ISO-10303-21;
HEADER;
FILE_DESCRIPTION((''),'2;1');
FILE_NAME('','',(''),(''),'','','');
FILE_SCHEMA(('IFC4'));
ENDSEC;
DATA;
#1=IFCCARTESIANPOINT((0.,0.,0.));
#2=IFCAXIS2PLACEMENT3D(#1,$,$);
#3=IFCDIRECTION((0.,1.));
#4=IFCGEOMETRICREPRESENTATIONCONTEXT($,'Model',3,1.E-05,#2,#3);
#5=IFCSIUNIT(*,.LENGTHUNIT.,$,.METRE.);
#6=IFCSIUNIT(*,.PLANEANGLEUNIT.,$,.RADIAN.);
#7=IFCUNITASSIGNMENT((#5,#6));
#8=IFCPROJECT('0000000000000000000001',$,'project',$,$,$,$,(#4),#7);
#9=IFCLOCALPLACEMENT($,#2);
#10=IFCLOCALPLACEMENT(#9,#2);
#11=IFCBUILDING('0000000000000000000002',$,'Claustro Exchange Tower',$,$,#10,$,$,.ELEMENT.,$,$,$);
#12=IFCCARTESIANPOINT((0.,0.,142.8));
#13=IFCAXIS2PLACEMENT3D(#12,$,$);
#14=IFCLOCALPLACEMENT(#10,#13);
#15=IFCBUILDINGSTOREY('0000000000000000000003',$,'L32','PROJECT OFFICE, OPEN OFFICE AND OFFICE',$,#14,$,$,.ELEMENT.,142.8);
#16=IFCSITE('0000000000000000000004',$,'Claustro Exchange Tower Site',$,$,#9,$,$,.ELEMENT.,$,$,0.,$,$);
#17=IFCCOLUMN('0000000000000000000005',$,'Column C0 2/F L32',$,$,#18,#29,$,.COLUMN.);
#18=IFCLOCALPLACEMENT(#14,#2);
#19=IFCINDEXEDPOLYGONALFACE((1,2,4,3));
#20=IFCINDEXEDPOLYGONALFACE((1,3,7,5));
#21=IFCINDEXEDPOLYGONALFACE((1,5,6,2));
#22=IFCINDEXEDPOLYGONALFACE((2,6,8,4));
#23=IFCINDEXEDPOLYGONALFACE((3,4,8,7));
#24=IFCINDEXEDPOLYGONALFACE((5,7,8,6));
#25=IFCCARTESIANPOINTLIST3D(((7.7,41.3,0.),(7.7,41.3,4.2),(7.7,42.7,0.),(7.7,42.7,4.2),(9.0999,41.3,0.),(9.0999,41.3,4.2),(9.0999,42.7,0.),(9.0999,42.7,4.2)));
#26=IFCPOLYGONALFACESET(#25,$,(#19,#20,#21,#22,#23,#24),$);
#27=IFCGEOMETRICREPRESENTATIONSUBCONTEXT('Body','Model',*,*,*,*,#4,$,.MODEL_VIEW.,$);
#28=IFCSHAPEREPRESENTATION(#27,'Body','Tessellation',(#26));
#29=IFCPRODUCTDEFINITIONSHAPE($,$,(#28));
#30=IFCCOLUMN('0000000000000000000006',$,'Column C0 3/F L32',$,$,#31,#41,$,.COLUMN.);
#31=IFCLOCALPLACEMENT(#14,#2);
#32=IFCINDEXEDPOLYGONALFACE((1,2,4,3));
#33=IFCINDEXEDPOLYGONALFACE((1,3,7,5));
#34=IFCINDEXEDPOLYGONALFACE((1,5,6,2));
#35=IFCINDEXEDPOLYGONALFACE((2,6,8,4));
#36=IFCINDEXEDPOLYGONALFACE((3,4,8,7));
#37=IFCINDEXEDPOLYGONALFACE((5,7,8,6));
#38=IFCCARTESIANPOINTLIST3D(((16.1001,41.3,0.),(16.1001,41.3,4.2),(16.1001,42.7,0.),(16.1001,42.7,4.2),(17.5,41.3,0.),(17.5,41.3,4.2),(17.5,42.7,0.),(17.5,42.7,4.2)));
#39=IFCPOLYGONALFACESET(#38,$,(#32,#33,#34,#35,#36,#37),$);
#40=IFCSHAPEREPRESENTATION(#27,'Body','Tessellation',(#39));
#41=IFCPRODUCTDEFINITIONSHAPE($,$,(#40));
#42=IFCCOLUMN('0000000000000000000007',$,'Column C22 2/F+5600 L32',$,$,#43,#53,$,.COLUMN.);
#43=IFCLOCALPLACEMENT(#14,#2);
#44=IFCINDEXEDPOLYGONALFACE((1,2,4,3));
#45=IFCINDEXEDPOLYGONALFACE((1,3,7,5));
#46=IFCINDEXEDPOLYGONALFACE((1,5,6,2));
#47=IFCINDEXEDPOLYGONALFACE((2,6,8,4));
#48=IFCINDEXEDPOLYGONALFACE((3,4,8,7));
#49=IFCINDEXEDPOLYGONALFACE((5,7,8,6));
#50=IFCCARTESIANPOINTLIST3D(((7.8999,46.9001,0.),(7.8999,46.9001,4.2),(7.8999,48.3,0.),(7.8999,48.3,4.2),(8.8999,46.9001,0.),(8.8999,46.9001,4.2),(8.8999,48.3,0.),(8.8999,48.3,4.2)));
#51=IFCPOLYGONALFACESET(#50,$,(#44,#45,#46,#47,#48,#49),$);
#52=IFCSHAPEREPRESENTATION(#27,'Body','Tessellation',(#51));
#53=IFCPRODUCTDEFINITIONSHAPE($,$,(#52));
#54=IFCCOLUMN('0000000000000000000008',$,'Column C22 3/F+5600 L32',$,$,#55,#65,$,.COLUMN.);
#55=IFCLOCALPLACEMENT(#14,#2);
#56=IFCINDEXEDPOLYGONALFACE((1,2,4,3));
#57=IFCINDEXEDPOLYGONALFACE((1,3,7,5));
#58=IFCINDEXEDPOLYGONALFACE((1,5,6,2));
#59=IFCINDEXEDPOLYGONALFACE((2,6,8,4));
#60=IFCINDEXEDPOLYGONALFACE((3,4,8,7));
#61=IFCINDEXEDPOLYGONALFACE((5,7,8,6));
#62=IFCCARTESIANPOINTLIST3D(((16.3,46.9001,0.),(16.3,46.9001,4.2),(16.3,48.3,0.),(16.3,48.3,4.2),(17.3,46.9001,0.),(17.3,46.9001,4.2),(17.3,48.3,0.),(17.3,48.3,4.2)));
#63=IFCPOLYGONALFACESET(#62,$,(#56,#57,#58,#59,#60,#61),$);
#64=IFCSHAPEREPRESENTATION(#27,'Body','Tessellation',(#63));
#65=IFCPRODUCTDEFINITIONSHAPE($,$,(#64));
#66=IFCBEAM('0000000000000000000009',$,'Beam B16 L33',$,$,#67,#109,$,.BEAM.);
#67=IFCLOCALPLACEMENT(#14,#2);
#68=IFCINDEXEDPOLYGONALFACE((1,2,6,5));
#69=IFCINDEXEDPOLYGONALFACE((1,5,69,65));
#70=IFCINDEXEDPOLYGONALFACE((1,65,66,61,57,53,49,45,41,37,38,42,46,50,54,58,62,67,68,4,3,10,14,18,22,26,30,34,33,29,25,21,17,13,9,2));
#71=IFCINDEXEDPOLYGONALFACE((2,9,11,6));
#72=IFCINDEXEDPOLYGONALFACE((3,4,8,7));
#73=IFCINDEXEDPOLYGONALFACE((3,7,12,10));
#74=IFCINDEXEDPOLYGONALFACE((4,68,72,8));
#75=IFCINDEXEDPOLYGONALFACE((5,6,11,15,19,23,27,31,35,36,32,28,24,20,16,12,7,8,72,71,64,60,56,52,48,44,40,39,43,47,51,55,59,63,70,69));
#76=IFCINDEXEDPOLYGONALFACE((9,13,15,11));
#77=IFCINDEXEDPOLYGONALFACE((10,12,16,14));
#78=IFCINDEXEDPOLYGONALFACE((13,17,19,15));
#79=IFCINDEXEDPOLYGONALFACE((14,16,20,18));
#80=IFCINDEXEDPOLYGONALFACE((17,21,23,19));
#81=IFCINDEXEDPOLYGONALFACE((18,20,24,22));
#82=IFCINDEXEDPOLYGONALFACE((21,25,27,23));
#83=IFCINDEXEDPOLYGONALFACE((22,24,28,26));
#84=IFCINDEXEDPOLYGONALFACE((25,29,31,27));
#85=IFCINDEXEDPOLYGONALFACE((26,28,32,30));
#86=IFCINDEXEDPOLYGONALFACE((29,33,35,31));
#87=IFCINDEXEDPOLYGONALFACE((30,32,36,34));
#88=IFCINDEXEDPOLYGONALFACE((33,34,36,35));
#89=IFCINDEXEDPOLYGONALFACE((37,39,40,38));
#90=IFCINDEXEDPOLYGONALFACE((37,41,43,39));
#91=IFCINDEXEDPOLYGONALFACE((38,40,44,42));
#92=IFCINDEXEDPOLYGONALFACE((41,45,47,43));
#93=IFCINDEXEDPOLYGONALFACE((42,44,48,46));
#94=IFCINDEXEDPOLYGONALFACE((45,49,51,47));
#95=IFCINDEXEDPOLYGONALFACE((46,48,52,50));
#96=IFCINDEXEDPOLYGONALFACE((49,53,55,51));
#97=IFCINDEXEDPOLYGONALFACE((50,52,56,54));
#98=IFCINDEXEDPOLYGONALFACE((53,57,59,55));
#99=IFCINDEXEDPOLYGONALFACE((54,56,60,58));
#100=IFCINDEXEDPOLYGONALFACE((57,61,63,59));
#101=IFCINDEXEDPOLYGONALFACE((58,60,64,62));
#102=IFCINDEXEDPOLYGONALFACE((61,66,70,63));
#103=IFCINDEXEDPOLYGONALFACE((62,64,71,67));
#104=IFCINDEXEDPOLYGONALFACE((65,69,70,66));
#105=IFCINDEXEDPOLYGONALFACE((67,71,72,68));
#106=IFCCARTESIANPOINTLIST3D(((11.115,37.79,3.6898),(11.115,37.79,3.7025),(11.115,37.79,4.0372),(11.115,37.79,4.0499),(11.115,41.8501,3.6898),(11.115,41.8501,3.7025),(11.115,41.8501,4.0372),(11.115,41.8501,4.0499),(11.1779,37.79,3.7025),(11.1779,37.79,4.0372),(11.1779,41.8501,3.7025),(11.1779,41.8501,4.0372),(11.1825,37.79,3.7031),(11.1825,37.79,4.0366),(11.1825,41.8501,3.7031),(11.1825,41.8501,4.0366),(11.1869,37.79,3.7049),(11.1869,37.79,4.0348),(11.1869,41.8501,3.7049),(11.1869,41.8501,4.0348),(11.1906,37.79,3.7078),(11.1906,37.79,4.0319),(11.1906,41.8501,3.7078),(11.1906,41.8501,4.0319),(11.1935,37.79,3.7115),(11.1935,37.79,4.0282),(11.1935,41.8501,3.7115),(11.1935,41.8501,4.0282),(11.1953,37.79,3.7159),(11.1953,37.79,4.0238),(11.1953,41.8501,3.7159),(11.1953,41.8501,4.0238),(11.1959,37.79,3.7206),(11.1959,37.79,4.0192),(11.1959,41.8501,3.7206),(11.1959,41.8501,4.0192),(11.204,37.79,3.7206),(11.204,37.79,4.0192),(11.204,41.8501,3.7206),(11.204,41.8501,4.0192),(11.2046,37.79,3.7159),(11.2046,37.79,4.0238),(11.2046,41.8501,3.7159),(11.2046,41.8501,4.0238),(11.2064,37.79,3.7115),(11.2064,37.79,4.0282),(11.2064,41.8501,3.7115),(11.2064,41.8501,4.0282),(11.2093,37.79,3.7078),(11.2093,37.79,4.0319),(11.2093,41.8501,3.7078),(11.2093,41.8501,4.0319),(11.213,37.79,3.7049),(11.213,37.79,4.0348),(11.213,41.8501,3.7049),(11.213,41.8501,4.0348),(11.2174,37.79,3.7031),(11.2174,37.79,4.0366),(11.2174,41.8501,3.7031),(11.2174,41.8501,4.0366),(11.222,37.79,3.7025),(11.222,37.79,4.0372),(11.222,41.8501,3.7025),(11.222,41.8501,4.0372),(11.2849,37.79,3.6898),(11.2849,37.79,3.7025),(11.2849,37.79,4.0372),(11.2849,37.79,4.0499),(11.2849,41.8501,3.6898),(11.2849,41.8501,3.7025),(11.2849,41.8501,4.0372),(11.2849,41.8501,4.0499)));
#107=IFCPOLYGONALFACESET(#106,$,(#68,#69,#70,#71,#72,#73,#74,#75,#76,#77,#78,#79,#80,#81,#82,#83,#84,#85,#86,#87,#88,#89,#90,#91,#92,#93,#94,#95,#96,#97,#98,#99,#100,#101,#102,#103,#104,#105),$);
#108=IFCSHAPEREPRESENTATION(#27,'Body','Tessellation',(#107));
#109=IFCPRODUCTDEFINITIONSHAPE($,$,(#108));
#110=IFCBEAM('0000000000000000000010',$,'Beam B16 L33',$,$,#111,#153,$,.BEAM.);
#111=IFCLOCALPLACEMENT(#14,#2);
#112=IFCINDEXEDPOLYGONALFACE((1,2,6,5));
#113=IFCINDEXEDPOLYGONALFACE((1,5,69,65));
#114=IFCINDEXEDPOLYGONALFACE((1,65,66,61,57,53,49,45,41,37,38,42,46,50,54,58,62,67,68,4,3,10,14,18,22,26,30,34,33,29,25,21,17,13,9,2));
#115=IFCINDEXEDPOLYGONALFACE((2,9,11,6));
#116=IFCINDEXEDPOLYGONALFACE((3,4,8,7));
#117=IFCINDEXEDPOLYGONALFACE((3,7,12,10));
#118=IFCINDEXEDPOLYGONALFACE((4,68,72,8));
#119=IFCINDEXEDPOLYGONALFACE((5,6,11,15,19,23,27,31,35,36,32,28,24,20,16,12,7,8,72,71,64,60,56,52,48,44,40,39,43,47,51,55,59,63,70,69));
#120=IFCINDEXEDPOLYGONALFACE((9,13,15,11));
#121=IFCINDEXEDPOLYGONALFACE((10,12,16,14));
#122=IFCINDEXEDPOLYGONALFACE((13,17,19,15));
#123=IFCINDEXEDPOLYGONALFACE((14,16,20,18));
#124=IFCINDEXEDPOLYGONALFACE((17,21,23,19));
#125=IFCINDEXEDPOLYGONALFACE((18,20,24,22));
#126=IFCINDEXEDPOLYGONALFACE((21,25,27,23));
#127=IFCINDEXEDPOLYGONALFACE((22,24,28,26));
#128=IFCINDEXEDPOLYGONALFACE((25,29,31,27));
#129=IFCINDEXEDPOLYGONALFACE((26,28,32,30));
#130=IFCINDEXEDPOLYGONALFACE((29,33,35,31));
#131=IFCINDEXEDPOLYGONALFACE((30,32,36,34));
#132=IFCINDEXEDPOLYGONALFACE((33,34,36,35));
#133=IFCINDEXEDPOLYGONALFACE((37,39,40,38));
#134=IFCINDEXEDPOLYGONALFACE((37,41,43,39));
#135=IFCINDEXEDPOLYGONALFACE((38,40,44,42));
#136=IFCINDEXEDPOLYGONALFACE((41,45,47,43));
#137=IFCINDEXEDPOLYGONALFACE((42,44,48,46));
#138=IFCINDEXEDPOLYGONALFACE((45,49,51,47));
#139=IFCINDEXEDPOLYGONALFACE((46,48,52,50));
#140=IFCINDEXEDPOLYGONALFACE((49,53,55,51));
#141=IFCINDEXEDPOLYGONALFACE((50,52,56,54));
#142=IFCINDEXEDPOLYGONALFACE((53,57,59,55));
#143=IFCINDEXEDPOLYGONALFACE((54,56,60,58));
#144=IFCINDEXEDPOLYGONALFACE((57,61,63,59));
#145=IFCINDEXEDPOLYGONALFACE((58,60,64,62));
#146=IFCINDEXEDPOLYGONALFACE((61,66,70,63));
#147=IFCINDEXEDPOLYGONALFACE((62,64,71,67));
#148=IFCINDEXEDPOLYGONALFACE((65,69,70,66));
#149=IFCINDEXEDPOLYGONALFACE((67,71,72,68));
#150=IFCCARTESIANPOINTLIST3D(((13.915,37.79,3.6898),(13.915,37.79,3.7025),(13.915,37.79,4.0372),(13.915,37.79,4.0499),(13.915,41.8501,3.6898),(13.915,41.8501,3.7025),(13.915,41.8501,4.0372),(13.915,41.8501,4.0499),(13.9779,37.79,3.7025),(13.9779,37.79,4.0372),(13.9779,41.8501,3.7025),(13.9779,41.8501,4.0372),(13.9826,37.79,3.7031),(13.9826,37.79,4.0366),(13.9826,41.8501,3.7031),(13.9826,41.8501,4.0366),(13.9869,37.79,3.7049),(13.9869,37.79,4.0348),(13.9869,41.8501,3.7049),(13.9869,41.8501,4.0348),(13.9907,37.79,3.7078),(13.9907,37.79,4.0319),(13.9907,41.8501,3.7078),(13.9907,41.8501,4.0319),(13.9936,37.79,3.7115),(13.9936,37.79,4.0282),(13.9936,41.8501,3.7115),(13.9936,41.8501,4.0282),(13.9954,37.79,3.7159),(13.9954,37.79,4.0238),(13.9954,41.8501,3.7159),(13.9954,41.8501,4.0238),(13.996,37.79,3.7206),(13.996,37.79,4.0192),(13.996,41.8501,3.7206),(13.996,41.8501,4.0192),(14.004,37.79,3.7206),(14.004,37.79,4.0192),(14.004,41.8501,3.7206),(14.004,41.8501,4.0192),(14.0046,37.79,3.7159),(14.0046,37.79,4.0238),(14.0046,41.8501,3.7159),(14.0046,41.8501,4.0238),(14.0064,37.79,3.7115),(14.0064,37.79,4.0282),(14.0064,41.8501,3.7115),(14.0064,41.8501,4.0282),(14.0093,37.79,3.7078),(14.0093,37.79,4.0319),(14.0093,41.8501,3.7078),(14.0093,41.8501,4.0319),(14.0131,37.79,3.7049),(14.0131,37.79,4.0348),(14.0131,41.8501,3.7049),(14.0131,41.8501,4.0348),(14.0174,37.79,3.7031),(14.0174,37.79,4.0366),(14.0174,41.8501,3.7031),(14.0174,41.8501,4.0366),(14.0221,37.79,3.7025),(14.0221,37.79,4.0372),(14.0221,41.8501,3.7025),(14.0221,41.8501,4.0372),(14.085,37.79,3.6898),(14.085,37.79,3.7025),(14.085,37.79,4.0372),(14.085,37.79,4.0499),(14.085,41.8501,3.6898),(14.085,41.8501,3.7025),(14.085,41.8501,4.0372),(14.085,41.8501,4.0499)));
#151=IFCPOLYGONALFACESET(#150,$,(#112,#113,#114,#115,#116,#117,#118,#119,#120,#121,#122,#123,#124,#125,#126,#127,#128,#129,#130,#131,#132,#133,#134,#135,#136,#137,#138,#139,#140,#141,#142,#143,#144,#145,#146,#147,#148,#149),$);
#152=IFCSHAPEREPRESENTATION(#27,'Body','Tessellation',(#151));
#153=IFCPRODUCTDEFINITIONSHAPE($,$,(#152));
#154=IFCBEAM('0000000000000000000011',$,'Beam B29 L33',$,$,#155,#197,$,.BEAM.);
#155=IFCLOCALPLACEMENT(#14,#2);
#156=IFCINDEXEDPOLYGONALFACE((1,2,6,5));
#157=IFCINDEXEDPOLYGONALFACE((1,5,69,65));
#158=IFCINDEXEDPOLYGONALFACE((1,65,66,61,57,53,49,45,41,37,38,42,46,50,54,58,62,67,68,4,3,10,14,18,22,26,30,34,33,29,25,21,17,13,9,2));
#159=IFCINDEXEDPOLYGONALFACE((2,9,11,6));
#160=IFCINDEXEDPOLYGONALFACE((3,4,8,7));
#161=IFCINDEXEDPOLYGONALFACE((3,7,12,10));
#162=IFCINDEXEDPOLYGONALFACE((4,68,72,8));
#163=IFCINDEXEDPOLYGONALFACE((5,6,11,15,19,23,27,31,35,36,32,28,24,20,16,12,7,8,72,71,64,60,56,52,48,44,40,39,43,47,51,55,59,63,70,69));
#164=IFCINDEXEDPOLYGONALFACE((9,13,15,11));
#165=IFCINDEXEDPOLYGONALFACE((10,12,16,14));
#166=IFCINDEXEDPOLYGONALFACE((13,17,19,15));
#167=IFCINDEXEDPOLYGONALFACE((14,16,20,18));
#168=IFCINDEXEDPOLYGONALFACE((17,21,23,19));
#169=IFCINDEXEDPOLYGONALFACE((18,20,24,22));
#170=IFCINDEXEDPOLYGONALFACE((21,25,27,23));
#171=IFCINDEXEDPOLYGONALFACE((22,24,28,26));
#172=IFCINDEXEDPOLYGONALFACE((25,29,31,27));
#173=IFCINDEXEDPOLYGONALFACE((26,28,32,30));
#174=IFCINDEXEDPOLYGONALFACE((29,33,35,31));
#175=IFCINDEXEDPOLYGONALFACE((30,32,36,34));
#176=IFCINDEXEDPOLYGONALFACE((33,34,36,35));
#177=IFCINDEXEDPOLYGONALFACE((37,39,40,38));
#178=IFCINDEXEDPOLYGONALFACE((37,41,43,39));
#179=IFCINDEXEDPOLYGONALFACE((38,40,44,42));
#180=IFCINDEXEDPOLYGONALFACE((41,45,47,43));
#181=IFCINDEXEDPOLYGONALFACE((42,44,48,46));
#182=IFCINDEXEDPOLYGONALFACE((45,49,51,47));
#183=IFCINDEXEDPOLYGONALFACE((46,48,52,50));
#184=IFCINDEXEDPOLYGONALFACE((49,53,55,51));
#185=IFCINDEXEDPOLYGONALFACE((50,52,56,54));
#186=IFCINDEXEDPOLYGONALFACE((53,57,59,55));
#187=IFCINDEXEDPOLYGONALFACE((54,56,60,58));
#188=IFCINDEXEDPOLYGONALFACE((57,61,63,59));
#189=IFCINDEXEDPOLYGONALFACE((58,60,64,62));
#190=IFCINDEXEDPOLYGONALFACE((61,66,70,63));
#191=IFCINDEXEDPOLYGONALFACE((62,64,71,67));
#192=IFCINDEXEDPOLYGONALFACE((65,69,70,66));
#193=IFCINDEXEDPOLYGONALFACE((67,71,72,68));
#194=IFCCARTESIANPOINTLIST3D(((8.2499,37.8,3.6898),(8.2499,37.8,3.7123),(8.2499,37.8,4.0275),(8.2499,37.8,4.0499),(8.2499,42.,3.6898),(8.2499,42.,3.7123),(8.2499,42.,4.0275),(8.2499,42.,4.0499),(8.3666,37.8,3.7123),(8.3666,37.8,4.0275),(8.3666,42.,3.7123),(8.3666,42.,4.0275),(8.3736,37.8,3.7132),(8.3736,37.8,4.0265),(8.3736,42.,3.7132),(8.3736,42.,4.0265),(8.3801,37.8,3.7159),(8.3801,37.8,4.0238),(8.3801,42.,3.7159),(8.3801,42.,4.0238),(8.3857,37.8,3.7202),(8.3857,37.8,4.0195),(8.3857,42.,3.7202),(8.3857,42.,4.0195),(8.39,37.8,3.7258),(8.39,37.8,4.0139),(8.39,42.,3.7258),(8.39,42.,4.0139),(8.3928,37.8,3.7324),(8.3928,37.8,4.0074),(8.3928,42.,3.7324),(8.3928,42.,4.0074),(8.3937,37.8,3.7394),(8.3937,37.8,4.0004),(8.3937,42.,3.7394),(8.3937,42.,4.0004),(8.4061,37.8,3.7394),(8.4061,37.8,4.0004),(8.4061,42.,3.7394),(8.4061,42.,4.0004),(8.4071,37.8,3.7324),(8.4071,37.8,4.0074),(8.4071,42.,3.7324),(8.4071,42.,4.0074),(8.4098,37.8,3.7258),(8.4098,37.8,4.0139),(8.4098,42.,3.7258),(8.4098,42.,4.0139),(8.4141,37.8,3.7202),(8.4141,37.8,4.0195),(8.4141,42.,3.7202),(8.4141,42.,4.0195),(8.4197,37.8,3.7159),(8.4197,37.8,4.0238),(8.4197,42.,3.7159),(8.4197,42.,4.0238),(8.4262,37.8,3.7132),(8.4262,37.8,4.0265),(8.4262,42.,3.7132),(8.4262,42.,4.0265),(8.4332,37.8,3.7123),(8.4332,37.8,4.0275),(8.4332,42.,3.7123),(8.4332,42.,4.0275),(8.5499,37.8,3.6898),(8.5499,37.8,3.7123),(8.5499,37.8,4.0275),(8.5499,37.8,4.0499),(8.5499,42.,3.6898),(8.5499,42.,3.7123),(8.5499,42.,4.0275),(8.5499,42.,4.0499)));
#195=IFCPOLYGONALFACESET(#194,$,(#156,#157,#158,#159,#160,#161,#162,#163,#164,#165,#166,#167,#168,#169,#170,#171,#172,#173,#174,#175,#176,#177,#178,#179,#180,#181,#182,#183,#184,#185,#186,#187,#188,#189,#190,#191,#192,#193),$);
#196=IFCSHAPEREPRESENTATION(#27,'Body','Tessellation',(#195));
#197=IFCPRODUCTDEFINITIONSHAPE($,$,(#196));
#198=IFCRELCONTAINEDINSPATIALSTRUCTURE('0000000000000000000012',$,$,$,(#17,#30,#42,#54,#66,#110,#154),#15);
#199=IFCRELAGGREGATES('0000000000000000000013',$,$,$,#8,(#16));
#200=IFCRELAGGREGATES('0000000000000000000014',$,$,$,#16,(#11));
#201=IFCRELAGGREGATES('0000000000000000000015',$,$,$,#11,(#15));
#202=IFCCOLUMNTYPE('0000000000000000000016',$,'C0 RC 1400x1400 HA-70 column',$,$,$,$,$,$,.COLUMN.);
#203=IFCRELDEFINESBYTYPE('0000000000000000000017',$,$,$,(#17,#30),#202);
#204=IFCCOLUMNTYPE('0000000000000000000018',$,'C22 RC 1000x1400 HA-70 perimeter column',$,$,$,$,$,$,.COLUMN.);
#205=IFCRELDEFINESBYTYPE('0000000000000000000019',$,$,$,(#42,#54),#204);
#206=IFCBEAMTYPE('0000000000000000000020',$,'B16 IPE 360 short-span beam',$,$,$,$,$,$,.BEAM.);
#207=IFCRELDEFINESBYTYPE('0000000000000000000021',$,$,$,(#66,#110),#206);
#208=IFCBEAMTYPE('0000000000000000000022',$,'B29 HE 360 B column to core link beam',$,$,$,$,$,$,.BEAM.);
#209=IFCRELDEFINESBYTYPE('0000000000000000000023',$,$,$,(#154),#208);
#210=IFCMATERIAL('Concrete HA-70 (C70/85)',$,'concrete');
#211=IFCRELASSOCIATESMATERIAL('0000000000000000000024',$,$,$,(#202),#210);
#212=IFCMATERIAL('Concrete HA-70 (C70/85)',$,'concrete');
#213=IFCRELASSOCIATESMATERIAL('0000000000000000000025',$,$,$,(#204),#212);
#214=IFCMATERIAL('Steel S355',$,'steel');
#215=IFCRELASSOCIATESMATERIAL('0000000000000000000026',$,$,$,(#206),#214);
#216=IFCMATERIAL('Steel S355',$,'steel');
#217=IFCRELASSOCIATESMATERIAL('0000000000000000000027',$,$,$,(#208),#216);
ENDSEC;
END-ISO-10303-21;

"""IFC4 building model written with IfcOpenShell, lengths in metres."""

from ifc_helpers import new_model, si_unit, direction, frame, origin, origin_2d, place, context, subcontext, project, spatial, rectangle, i_section, extrude, material, material_profile, profile_set, type_object, element, save


model = new_model("IFC4")

# Units and contexts
model_context = context("Model", 3, precision=1e-05, world=origin(), true_north=direction((0.0, 1.0)))
body_context = subcontext(model_context, "Body", "Model", "MODEL_VIEW")
ifc_project = project(units=[si_unit("LENGTHUNIT", "METRE"), si_unit("PLANEANGLEUNIT", "RADIAN")], contexts=[model_context])

# Site, building, storey
site_placement = place(None, origin())
site = spatial("IfcSite", under=ifc_project, at=site_placement, Name="Claustro Exchange Tower Site", CompositionType="ELEMENT", RefElevation=0.0)
building_placement = place(site_placement, origin())
building = spatial("IfcBuilding", under=site, at=building_placement, Name="Claustro Exchange Tower", CompositionType="ELEMENT")
storey_placement = place(building_placement, frame((0.0, 0.0, 142.8)))
storey = spatial("IfcBuildingStorey", under=building, at=storey_placement, Name="L32", Description="PROJECT OFFICE, OPEN OFFICE AND OFFICE", CompositionType="ELEMENT", Elevation=142.8)

# Columns
ifc_material_1 = material(Name="Concrete HA-70 (C70/85)", Category="concrete")
ifc_material_profile_1 = material_profile(ifc_material_1, rectangle(XDim=1.3999, YDim=1.3999, at=origin_2d()), Name="RC 1400x1400")
ifc_profile_set_1 = profile_set([ifc_material_profile_1], Name="Concrete HA-70 (C70/85)")
column_type_1 = type_object("IfcColumnType", Name="C0 RC 1400x1400 HA-70 column", PredefinedType="COLUMN", material=ifc_profile_set_1)
for number, where, z_axis, x_axis, name in (
    (1, (8.3999, 42.0, 0.0), (0.0, 0.0, 1.0), (1.0, 0.0, 0.0), "Column C0 2/F L32"),
    (2, (16.8, 42.0, 0.0), (0.0, 0.0, 1.0), (1.0, 0.0, 0.0), "Column C0 3/F L32"),
):
    element("IfcColumn", number, at=place(storey_placement, frame(where, z_axis=z_axis, x_axis=x_axis)), inside=storey, type_object=column_type_1, Name=name, PredefinedType="COLUMN", context=body_context, shape_type="SweptSolid", body=[
        extrude(rectangle(XDim=1.3999, YDim=1.3999, at=origin_2d()), origin(), (0.0, 0.0, 1.0), 4.2),
    ])
ifc_material_2 = material(Name="Concrete HA-70 (C70/85)", Category="concrete")
ifc_material_profile_2 = material_profile(ifc_material_2, rectangle(XDim=1.0, YDim=1.3999, at=origin_2d()), Name="RC 1000x1400")
ifc_profile_set_2 = profile_set([ifc_material_profile_2], Name="Concrete HA-70 (C70/85)")
column_type_2 = type_object("IfcColumnType", Name="C22 RC 1000x1400 HA-70 perimeter column", PredefinedType="COLUMN", material=ifc_profile_set_2)
for number, where, z_axis, x_axis, name in (
    (3, (8.3999, 47.6001, 0.0), (0.0, 0.0, 1.0), (1.0, 0.0, 0.0), "Column C22 2/F+5600 L32"),
    (4, (16.8, 47.6001, 0.0), (0.0, 0.0, 1.0), (1.0, 0.0, 0.0), "Column C22 3/F+5600 L32"),
):
    element("IfcColumn", number, at=place(storey_placement, frame(where, z_axis=z_axis, x_axis=x_axis)), inside=storey, type_object=column_type_2, Name=name, PredefinedType="COLUMN", context=body_context, shape_type="SweptSolid", body=[
        extrude(rectangle(XDim=1.0, YDim=1.3999, at=origin_2d()), origin(), (0.0, 0.0, 1.0), 4.2),
    ])

# Beams
ifc_material_3 = material(Name="Steel S355", Category="steel")
ifc_material_profile_3 = material_profile(ifc_material_3, i_section(OverallWidth=0.1699, OverallDepth=0.3601, WebThickness=0.0081, FlangeThickness=0.0127, FilletRadius=0.0181, at=origin_2d()), Name="IPE 360")
ifc_profile_set_3 = profile_set([ifc_material_profile_3], Name="Steel S355")
beam_type_1 = type_object("IfcBeamType", Name="B16 IPE 360 short-span beam", PredefinedType="BEAM", material=ifc_profile_set_3)
for number, where, z_axis, x_axis, name in (
    (5, (11.2, 37.79, 3.8699), (0.0, 1.0, 0.0), (-1.0, 0.0, 0.0), "Beam B16 L33"),
    (6, (14.0, 37.79, 3.8699), (0.0, 1.0, 0.0), (-1.0, 0.0, 0.0), "Beam B16 L33"),
):
    element("IfcBeam", number, at=place(storey_placement, frame(where, z_axis=z_axis, x_axis=x_axis)), inside=storey, type_object=beam_type_1, Name=name, PredefinedType="BEAM", context=body_context, shape_type="SweptSolid", body=[
        extrude(i_section(OverallWidth=0.1699, OverallDepth=0.3601, WebThickness=0.0081, FlangeThickness=0.0127, FilletRadius=0.0181, at=origin_2d()), origin(), (0.0, 0.0, 1.0), 4.0601),
    ])
ifc_material_4 = material(Name="Steel S355", Category="steel")
ifc_material_profile_4 = material_profile(ifc_material_4, i_section(OverallWidth=0.3, OverallDepth=0.3601, WebThickness=0.0125, FlangeThickness=0.0225, FilletRadius=0.0271, at=origin_2d()), Name="HE 360 B")
ifc_profile_set_4 = profile_set([ifc_material_profile_4], Name="Steel S355")
beam_type_2 = type_object("IfcBeamType", Name="B29 HE 360 B column to core link beam", PredefinedType="BEAM", material=ifc_profile_set_4)
for number, where, z_axis, x_axis, name in (
    (7, (8.3999, 37.8, 3.8699), (0.0, 1.0, 0.0), (-1.0, 0.0, 0.0), "Beam B29 L33"),
):
    element("IfcBeam", number, at=place(storey_placement, frame(where, z_axis=z_axis, x_axis=x_axis)), inside=storey, type_object=beam_type_2, Name=name, PredefinedType="BEAM", context=body_context, shape_type="SweptSolid", body=[
        extrude(i_section(OverallWidth=0.3, OverallDepth=0.3601, WebThickness=0.0125, FlangeThickness=0.0225, FilletRadius=0.0271, at=origin_2d()), origin(), (0.0, 0.0, 1.0), 4.2),
    ])

save(model, "model.ifc")
